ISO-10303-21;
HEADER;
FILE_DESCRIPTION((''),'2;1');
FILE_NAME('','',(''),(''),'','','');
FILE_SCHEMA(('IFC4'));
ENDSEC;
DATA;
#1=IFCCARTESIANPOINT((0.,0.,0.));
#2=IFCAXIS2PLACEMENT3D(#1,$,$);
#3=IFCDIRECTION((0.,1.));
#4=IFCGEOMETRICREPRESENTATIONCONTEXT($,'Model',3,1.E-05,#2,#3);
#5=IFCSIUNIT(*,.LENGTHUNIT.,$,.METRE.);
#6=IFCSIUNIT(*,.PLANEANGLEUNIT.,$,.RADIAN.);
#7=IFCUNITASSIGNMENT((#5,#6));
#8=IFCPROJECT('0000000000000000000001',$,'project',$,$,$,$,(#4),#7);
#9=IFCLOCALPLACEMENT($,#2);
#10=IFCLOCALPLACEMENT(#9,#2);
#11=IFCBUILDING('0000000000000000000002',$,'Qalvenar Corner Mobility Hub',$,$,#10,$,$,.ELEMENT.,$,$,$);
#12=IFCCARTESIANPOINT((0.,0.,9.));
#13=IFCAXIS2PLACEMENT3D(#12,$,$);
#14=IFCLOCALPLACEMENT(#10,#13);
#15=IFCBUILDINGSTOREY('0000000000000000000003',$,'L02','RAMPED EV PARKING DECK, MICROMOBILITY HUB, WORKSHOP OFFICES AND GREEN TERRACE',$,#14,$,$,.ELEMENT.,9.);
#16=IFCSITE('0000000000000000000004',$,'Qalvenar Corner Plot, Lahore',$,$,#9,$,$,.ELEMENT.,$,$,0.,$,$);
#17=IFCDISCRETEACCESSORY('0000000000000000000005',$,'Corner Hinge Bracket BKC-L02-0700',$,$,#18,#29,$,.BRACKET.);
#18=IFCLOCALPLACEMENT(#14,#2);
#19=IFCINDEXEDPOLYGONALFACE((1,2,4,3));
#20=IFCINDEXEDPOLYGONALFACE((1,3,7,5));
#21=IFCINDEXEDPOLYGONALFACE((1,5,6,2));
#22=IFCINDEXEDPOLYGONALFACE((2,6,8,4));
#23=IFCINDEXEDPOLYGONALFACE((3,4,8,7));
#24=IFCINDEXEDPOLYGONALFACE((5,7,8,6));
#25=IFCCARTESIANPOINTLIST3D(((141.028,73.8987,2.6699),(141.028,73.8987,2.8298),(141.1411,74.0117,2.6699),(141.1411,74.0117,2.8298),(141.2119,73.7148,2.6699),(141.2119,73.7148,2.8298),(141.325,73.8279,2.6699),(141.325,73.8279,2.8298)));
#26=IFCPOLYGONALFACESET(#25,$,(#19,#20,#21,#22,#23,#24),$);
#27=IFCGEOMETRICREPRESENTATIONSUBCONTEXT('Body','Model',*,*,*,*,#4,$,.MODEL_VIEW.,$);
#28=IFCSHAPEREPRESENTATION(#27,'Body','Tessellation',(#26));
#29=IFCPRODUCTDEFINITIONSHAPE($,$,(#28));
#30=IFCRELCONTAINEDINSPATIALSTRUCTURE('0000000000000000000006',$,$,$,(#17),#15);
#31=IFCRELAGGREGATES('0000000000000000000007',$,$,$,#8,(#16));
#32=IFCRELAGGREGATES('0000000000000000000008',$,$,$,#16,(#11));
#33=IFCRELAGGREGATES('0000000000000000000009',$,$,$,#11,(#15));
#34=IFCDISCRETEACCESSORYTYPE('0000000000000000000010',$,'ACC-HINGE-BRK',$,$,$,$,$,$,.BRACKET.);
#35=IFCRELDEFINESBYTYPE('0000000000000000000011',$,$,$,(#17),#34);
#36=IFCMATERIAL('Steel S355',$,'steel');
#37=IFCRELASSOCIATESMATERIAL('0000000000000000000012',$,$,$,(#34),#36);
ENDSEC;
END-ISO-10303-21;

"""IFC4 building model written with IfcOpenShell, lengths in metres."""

from ifc_helpers import new_model, si_unit, direction, frame, origin, origin_2d, place, context, subcontext, project, spatial, rectangle, extrude, material, type_object, element, save


model = new_model("IFC4")

# Units and contexts
model_context = context("Model", 3, precision=1e-05, world=origin(), true_north=direction((0.0, 1.0)))
body_context = subcontext(model_context, "Body", "Model", "MODEL_VIEW")
ifc_project = project(units=[si_unit("LENGTHUNIT", "METRE"), si_unit("PLANEANGLEUNIT", "RADIAN")], contexts=[model_context])

# Site, building, storey
site_placement = place(None, origin())
site = spatial("IfcSite", under=ifc_project, at=site_placement, Name="Qalvenar Corner Plot, Lahore", CompositionType="ELEMENT", RefElevation=0.0)
building_placement = place(site_placement, origin())
building = spatial("IfcBuilding", under=site, at=building_placement, Name="Qalvenar Corner Mobility Hub", CompositionType="ELEMENT")
storey_placement = place(building_placement, frame((0.0, 0.0, 9.0)))
storey = spatial("IfcBuildingStorey", under=building, at=storey_placement, Name="L02", Description="RAMPED EV PARKING DECK, MICROMOBILITY HUB, WORKSHOP OFFICES AND GREEN TERRACE", CompositionType="ELEMENT", Elevation=9.0)

# Shared definitions
ifc_material_1 = material(Name="Steel S355", Category="steel")

# Discrete accessory
discrete_accessory_type = type_object("IfcDiscreteAccessoryType", Name="ACC-HINGE-BRK", PredefinedType="BRACKET", material=ifc_material_1)
for number, where, z_axis, x_axis, name in (
    (1, (141.1765, 73.8633, 2.6699), (0.0, 0.0, 1.0), (0.707107, 0.707107, 0.0), "Corner Hinge Bracket BKC-L02-0700"),
):
    element("IfcDiscreteAccessory", number, at=place(storey_placement, frame(where, z_axis=z_axis, x_axis=x_axis)), inside=storey, type_object=discrete_accessory_type, Name=name, PredefinedType="BRACKET", context=body_context, shape_type="SweptSolid", body=[
        extrude(rectangle(XDim=0.1599, YDim=0.26, at=origin_2d()), origin(), (0.0, 0.0, 1.0), 0.1599),
    ])

save(model, "model.ifc")
